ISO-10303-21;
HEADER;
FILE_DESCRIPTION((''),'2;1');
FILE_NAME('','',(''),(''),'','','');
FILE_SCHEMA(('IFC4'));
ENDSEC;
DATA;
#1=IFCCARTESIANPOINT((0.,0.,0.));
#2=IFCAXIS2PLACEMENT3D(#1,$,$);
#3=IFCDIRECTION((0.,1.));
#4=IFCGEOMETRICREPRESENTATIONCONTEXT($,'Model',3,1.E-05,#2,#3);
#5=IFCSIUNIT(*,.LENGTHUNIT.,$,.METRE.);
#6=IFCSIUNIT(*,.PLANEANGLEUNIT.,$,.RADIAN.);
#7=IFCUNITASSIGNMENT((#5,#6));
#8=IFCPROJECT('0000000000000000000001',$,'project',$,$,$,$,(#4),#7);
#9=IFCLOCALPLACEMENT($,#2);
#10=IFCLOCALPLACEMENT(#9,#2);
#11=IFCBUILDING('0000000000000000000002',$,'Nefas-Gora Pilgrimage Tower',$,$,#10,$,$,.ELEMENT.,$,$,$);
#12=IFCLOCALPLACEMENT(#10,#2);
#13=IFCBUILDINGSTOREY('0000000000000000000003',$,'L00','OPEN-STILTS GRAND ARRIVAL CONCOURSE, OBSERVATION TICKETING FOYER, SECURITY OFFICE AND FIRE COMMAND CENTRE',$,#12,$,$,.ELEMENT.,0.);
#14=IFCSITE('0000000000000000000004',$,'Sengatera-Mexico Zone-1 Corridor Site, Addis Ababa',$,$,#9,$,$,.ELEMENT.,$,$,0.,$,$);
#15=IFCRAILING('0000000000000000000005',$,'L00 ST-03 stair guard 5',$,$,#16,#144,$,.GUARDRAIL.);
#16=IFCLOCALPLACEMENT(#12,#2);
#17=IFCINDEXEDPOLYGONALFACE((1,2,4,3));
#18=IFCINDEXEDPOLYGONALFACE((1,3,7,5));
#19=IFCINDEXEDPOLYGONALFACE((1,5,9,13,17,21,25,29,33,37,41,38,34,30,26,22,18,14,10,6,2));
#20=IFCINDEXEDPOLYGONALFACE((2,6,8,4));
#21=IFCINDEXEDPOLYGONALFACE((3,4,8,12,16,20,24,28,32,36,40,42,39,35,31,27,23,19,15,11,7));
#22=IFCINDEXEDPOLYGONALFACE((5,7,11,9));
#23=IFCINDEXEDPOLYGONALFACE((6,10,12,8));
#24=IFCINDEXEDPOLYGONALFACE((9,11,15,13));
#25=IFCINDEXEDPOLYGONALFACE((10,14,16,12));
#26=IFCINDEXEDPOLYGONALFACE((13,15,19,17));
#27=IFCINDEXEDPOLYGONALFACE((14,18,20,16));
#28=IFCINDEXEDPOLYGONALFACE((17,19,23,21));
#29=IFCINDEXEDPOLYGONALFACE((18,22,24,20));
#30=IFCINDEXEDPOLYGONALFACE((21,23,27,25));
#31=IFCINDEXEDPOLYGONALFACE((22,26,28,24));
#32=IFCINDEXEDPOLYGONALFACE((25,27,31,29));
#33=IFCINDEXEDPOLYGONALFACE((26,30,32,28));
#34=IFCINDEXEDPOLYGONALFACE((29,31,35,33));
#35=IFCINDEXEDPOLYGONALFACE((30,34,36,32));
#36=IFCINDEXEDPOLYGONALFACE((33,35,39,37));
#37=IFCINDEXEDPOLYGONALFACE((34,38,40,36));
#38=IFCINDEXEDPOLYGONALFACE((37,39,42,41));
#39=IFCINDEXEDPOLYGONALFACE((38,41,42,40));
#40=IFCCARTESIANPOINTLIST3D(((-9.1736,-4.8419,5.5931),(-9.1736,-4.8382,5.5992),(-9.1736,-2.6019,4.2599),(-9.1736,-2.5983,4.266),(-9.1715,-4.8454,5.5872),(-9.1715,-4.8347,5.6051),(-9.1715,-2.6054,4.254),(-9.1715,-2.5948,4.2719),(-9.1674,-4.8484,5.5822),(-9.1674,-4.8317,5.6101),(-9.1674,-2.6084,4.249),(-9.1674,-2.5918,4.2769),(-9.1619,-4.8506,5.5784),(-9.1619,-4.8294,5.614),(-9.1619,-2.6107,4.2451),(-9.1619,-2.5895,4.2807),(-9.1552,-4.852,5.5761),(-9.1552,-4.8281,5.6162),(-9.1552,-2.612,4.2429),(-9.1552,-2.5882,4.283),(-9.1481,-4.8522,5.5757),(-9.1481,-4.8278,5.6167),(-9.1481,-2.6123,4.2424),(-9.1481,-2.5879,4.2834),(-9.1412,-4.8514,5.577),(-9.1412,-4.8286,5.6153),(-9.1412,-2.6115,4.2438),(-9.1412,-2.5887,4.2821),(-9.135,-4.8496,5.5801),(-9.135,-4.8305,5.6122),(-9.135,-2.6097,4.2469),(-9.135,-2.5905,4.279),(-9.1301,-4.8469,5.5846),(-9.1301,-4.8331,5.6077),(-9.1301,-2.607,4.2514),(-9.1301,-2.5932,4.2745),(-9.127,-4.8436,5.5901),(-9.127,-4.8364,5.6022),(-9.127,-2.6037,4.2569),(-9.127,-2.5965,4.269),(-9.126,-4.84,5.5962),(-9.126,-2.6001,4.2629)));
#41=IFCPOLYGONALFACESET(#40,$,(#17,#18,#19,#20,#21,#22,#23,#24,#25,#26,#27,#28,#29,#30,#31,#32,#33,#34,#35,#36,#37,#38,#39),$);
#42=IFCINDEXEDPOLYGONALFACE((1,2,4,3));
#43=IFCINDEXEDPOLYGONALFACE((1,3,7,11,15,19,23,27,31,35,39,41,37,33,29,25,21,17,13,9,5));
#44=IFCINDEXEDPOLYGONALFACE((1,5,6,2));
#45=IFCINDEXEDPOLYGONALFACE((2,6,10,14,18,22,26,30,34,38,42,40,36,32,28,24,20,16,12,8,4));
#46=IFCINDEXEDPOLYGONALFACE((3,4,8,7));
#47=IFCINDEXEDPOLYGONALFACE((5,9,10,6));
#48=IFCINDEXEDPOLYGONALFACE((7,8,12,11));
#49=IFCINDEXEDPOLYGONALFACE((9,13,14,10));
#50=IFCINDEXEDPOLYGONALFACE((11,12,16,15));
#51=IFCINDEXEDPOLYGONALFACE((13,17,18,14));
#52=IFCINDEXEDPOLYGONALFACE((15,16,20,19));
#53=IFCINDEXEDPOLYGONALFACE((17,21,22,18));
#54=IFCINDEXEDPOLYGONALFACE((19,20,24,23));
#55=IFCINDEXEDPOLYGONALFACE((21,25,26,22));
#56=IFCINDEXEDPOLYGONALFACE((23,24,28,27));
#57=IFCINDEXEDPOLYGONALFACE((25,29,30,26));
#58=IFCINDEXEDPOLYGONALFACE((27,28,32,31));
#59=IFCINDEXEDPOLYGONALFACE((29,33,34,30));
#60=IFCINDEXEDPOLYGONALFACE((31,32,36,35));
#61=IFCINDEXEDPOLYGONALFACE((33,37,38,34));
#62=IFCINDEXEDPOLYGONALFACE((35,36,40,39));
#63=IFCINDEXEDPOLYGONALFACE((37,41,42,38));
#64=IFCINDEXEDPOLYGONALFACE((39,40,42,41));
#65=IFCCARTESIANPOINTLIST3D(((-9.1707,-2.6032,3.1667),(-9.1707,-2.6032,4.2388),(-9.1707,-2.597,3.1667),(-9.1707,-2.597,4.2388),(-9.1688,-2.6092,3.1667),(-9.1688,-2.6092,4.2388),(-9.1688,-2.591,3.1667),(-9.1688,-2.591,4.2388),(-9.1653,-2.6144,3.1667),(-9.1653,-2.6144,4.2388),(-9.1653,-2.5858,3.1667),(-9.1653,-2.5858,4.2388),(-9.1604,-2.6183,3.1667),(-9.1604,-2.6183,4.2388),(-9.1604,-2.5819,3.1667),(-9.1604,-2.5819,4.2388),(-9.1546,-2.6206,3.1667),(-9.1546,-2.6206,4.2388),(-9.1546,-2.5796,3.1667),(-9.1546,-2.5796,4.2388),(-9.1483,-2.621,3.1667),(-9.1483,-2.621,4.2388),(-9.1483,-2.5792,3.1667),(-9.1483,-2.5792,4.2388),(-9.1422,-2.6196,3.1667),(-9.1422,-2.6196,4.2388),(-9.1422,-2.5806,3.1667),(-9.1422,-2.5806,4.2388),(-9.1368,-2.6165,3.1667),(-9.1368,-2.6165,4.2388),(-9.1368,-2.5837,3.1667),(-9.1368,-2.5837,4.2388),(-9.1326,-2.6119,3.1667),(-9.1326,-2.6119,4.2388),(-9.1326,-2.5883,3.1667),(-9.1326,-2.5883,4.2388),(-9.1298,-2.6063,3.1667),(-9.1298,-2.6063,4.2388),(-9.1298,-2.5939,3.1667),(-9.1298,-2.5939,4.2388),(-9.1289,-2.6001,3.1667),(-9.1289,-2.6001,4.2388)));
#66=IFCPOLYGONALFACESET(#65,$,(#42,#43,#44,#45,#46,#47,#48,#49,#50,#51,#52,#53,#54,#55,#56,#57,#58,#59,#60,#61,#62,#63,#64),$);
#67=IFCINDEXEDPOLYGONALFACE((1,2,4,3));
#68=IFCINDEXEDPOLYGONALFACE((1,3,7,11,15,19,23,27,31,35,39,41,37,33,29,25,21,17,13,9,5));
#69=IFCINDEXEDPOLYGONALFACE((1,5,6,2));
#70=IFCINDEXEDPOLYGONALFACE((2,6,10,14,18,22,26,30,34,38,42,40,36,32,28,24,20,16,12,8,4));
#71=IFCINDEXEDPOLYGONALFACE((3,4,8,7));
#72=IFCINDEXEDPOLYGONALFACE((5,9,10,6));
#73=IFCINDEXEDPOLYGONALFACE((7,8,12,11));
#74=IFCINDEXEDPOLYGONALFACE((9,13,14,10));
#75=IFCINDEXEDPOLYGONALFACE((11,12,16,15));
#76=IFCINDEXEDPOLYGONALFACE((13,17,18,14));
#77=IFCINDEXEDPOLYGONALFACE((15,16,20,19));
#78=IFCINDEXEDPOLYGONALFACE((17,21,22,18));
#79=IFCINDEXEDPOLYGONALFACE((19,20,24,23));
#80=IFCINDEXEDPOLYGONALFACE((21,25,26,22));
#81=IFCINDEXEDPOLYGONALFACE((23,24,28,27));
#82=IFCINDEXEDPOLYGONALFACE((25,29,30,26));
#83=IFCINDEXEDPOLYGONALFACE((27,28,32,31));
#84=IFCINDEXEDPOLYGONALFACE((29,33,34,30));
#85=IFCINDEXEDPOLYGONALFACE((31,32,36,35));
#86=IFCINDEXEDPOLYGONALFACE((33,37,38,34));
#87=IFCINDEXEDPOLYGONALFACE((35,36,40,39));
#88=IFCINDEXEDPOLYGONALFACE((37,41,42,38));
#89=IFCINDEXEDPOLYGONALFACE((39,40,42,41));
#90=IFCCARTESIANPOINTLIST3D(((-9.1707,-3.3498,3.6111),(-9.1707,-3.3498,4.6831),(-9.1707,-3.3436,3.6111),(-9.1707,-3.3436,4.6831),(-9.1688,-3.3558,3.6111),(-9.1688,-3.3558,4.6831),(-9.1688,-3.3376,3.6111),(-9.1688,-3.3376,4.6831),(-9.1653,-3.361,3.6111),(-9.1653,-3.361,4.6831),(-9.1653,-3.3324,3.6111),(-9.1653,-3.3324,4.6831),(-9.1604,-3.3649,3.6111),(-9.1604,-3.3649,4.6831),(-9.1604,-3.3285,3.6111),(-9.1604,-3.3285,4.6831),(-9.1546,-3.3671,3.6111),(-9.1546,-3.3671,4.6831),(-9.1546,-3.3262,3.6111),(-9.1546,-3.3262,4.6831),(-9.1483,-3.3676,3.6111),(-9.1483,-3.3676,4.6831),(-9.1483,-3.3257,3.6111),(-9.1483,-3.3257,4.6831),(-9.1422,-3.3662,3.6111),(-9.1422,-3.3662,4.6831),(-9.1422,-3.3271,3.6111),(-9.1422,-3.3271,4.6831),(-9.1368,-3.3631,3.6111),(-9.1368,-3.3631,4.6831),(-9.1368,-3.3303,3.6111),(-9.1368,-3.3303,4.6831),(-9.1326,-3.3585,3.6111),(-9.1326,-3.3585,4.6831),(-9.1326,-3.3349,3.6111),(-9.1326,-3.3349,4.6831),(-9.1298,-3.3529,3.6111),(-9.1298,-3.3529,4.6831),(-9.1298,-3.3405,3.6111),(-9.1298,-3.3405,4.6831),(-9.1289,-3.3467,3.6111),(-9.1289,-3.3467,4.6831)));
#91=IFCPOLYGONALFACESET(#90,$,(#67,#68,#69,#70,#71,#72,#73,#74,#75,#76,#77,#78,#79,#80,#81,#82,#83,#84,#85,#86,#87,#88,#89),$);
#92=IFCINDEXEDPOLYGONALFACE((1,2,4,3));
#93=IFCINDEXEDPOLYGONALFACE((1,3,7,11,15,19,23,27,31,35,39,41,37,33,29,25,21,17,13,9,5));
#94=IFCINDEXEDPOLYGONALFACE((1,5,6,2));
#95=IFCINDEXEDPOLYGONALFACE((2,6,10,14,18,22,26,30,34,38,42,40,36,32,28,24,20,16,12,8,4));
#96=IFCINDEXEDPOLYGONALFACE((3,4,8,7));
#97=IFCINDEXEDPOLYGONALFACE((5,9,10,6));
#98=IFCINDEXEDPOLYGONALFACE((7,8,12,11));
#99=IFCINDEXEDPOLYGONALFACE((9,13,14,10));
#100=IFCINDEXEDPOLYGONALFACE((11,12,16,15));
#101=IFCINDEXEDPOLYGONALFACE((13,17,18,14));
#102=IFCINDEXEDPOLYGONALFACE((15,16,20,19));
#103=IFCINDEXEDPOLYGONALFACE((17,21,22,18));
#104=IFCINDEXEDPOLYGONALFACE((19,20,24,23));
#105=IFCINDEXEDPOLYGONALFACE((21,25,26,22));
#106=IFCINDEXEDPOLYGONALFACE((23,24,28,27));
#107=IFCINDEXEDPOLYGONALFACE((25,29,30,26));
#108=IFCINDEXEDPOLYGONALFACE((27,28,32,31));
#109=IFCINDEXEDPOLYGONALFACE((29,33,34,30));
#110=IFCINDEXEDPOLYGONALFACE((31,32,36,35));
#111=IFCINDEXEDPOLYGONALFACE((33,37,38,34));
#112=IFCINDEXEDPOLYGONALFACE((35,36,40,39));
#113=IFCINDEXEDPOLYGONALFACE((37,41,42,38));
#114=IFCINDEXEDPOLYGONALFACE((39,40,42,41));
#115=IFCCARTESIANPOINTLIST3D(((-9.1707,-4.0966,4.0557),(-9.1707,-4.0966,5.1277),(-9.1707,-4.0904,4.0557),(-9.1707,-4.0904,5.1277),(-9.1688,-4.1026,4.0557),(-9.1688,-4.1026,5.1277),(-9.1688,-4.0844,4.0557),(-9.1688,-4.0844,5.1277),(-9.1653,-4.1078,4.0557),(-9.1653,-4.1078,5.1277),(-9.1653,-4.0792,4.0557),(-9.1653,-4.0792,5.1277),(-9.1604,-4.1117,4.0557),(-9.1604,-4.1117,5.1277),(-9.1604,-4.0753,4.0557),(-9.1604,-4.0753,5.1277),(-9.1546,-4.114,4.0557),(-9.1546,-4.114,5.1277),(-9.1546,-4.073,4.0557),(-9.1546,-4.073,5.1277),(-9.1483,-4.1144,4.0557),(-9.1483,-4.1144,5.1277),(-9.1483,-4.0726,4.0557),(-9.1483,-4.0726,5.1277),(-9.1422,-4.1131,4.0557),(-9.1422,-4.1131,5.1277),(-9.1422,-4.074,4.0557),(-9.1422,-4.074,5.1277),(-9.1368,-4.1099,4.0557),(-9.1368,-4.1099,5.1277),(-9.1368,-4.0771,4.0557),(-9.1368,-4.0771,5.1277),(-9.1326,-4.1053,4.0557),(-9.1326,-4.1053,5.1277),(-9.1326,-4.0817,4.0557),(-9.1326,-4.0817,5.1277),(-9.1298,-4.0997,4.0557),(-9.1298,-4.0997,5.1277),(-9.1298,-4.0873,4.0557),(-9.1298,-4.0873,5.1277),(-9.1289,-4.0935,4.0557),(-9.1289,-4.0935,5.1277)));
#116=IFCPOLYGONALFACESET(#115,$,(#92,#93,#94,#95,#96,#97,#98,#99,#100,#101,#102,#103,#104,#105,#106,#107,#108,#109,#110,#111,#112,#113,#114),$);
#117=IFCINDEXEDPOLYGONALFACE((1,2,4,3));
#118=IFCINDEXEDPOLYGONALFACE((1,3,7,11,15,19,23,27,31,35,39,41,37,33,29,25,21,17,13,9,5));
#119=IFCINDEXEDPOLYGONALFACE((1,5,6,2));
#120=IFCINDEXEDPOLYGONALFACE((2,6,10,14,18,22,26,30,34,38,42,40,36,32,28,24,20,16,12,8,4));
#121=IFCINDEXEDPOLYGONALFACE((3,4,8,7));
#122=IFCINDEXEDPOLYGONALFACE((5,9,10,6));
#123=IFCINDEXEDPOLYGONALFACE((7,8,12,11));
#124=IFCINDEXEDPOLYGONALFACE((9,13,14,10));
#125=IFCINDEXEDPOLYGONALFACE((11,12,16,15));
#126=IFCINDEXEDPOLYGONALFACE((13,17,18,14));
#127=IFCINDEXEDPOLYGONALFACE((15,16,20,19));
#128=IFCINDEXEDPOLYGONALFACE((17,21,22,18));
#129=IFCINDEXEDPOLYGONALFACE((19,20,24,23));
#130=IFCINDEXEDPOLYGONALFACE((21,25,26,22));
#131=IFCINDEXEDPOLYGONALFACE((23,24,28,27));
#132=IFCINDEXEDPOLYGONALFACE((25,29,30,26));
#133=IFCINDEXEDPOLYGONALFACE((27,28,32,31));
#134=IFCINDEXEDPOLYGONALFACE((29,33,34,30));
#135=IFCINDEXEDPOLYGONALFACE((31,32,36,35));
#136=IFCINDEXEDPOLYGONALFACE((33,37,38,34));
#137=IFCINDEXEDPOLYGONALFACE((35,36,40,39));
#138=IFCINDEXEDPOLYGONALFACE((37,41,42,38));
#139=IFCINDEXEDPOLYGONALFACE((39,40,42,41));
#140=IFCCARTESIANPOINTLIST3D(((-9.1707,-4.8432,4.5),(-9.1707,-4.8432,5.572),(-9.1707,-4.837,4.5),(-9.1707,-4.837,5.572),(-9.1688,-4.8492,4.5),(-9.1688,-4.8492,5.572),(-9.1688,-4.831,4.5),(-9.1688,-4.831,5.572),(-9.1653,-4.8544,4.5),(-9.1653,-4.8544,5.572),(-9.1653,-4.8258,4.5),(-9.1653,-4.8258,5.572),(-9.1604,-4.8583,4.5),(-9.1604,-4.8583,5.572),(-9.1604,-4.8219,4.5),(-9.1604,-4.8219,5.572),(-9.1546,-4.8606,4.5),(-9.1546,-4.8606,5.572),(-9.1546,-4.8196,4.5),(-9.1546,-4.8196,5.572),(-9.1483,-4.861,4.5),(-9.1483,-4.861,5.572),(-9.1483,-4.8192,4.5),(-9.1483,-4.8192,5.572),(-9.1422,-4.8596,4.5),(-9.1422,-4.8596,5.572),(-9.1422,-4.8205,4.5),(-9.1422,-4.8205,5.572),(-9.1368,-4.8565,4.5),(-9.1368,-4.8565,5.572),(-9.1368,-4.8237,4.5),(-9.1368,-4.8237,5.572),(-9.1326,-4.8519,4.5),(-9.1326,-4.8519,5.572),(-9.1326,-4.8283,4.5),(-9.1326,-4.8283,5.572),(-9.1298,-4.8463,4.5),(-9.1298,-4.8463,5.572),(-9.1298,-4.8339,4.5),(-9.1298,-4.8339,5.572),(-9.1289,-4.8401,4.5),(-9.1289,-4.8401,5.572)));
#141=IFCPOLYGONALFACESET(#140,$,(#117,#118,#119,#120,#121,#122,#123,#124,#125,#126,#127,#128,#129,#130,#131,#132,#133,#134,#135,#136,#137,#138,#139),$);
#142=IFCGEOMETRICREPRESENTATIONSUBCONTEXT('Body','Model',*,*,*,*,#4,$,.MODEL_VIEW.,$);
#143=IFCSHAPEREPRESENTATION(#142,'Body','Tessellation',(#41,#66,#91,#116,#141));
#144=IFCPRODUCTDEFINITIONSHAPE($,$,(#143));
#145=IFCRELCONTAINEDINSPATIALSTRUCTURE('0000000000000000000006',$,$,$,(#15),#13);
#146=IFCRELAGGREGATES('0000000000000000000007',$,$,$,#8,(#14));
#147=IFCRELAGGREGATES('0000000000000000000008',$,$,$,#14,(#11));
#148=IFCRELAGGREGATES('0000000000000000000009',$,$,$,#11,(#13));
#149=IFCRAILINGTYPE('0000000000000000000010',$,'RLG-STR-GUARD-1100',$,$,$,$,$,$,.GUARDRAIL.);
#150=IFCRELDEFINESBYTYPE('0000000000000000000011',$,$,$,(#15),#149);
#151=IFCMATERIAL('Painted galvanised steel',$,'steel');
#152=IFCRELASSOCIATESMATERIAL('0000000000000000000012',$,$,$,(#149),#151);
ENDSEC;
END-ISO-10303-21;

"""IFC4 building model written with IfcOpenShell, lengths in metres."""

from ifc_helpers import new_model, si_unit, direction, frame, origin, origin_2d, place, context, subcontext, project, spatial, circle, extrude, material, type_object, element, save


model = new_model("IFC4")

# Units and contexts
model_context = context("Model", 3, precision=1e-05, world=origin(), true_north=direction((0.0, 1.0)))
body_context = subcontext(model_context, "Body", "Model", "MODEL_VIEW")
ifc_project = project(units=[si_unit("LENGTHUNIT", "METRE"), si_unit("PLANEANGLEUNIT", "RADIAN")], contexts=[model_context])

# Site, building, storey
site_placement = place(None, origin())
site = spatial("IfcSite", under=ifc_project, at=site_placement, Name="Sengatera-Mexico Zone-1 Corridor Site, Addis Ababa", CompositionType="ELEMENT", RefElevation=0.0)
building_placement = place(site_placement, origin())
building = spatial("IfcBuilding", under=site, at=building_placement, Name="Nefas-Gora Pilgrimage Tower", CompositionType="ELEMENT")
storey_placement = place(building_placement, origin())
storey = spatial("IfcBuildingStorey", under=building, at=storey_placement, Name="L00", Description="OPEN-STILTS GRAND ARRIVAL CONCOURSE, OBSERVATION TICKETING FOYER, SECURITY OFFICE AND FIRE COMMAND CENTRE", CompositionType="ELEMENT", Elevation=0.0)

# Railing
ifc_material_1 = material(Name="Painted galvanised steel", Category="steel")
railing_type_1 = type_object("IfcRailingType", Name="RLG-STR-GUARD-1100", PredefinedType="GUARDRAIL", material=ifc_material_1)
railing_1_placement = place(storey_placement, frame((-9.1499, -2.6001, 3.1667)))
element("IfcRailing", 1, at=railing_1_placement, inside=storey, type_object=railing_type_1, Name="L00 ST-03 stair guard 5", PredefinedType="GUARDRAIL", context=body_context, shape_type="SweptSolid", body=[
    extrude(circle(Radius=0.0239, at=origin_2d()), frame((0.0, 0.0, 1.0962), z_axis=(0.0, -0.859306, 0.511462), x_axis=(1.0, 0.0, 0.0)), (0.0, 0.0, 1.0), 2.6067),
    extrude(circle(Radius=0.021, at=origin_2d()), origin(), (0.0, 0.0, 1.0), 1.072),
    extrude(circle(Radius=0.021, at=origin_2d()), frame((0.0, -0.7466, 0.4443)), (0.0, 0.0, 1.0), 1.072),
    extrude(circle(Radius=0.021, at=origin_2d()), frame((0.0, -1.4934, 0.8889)), (0.0, 0.0, 1.0), 1.072),
    extrude(circle(Radius=0.021, at=origin_2d()), frame((0.0, -2.24, 1.3333)), (0.0, 0.0, 1.0), 1.072),
])

save(model, "model.ifc")
